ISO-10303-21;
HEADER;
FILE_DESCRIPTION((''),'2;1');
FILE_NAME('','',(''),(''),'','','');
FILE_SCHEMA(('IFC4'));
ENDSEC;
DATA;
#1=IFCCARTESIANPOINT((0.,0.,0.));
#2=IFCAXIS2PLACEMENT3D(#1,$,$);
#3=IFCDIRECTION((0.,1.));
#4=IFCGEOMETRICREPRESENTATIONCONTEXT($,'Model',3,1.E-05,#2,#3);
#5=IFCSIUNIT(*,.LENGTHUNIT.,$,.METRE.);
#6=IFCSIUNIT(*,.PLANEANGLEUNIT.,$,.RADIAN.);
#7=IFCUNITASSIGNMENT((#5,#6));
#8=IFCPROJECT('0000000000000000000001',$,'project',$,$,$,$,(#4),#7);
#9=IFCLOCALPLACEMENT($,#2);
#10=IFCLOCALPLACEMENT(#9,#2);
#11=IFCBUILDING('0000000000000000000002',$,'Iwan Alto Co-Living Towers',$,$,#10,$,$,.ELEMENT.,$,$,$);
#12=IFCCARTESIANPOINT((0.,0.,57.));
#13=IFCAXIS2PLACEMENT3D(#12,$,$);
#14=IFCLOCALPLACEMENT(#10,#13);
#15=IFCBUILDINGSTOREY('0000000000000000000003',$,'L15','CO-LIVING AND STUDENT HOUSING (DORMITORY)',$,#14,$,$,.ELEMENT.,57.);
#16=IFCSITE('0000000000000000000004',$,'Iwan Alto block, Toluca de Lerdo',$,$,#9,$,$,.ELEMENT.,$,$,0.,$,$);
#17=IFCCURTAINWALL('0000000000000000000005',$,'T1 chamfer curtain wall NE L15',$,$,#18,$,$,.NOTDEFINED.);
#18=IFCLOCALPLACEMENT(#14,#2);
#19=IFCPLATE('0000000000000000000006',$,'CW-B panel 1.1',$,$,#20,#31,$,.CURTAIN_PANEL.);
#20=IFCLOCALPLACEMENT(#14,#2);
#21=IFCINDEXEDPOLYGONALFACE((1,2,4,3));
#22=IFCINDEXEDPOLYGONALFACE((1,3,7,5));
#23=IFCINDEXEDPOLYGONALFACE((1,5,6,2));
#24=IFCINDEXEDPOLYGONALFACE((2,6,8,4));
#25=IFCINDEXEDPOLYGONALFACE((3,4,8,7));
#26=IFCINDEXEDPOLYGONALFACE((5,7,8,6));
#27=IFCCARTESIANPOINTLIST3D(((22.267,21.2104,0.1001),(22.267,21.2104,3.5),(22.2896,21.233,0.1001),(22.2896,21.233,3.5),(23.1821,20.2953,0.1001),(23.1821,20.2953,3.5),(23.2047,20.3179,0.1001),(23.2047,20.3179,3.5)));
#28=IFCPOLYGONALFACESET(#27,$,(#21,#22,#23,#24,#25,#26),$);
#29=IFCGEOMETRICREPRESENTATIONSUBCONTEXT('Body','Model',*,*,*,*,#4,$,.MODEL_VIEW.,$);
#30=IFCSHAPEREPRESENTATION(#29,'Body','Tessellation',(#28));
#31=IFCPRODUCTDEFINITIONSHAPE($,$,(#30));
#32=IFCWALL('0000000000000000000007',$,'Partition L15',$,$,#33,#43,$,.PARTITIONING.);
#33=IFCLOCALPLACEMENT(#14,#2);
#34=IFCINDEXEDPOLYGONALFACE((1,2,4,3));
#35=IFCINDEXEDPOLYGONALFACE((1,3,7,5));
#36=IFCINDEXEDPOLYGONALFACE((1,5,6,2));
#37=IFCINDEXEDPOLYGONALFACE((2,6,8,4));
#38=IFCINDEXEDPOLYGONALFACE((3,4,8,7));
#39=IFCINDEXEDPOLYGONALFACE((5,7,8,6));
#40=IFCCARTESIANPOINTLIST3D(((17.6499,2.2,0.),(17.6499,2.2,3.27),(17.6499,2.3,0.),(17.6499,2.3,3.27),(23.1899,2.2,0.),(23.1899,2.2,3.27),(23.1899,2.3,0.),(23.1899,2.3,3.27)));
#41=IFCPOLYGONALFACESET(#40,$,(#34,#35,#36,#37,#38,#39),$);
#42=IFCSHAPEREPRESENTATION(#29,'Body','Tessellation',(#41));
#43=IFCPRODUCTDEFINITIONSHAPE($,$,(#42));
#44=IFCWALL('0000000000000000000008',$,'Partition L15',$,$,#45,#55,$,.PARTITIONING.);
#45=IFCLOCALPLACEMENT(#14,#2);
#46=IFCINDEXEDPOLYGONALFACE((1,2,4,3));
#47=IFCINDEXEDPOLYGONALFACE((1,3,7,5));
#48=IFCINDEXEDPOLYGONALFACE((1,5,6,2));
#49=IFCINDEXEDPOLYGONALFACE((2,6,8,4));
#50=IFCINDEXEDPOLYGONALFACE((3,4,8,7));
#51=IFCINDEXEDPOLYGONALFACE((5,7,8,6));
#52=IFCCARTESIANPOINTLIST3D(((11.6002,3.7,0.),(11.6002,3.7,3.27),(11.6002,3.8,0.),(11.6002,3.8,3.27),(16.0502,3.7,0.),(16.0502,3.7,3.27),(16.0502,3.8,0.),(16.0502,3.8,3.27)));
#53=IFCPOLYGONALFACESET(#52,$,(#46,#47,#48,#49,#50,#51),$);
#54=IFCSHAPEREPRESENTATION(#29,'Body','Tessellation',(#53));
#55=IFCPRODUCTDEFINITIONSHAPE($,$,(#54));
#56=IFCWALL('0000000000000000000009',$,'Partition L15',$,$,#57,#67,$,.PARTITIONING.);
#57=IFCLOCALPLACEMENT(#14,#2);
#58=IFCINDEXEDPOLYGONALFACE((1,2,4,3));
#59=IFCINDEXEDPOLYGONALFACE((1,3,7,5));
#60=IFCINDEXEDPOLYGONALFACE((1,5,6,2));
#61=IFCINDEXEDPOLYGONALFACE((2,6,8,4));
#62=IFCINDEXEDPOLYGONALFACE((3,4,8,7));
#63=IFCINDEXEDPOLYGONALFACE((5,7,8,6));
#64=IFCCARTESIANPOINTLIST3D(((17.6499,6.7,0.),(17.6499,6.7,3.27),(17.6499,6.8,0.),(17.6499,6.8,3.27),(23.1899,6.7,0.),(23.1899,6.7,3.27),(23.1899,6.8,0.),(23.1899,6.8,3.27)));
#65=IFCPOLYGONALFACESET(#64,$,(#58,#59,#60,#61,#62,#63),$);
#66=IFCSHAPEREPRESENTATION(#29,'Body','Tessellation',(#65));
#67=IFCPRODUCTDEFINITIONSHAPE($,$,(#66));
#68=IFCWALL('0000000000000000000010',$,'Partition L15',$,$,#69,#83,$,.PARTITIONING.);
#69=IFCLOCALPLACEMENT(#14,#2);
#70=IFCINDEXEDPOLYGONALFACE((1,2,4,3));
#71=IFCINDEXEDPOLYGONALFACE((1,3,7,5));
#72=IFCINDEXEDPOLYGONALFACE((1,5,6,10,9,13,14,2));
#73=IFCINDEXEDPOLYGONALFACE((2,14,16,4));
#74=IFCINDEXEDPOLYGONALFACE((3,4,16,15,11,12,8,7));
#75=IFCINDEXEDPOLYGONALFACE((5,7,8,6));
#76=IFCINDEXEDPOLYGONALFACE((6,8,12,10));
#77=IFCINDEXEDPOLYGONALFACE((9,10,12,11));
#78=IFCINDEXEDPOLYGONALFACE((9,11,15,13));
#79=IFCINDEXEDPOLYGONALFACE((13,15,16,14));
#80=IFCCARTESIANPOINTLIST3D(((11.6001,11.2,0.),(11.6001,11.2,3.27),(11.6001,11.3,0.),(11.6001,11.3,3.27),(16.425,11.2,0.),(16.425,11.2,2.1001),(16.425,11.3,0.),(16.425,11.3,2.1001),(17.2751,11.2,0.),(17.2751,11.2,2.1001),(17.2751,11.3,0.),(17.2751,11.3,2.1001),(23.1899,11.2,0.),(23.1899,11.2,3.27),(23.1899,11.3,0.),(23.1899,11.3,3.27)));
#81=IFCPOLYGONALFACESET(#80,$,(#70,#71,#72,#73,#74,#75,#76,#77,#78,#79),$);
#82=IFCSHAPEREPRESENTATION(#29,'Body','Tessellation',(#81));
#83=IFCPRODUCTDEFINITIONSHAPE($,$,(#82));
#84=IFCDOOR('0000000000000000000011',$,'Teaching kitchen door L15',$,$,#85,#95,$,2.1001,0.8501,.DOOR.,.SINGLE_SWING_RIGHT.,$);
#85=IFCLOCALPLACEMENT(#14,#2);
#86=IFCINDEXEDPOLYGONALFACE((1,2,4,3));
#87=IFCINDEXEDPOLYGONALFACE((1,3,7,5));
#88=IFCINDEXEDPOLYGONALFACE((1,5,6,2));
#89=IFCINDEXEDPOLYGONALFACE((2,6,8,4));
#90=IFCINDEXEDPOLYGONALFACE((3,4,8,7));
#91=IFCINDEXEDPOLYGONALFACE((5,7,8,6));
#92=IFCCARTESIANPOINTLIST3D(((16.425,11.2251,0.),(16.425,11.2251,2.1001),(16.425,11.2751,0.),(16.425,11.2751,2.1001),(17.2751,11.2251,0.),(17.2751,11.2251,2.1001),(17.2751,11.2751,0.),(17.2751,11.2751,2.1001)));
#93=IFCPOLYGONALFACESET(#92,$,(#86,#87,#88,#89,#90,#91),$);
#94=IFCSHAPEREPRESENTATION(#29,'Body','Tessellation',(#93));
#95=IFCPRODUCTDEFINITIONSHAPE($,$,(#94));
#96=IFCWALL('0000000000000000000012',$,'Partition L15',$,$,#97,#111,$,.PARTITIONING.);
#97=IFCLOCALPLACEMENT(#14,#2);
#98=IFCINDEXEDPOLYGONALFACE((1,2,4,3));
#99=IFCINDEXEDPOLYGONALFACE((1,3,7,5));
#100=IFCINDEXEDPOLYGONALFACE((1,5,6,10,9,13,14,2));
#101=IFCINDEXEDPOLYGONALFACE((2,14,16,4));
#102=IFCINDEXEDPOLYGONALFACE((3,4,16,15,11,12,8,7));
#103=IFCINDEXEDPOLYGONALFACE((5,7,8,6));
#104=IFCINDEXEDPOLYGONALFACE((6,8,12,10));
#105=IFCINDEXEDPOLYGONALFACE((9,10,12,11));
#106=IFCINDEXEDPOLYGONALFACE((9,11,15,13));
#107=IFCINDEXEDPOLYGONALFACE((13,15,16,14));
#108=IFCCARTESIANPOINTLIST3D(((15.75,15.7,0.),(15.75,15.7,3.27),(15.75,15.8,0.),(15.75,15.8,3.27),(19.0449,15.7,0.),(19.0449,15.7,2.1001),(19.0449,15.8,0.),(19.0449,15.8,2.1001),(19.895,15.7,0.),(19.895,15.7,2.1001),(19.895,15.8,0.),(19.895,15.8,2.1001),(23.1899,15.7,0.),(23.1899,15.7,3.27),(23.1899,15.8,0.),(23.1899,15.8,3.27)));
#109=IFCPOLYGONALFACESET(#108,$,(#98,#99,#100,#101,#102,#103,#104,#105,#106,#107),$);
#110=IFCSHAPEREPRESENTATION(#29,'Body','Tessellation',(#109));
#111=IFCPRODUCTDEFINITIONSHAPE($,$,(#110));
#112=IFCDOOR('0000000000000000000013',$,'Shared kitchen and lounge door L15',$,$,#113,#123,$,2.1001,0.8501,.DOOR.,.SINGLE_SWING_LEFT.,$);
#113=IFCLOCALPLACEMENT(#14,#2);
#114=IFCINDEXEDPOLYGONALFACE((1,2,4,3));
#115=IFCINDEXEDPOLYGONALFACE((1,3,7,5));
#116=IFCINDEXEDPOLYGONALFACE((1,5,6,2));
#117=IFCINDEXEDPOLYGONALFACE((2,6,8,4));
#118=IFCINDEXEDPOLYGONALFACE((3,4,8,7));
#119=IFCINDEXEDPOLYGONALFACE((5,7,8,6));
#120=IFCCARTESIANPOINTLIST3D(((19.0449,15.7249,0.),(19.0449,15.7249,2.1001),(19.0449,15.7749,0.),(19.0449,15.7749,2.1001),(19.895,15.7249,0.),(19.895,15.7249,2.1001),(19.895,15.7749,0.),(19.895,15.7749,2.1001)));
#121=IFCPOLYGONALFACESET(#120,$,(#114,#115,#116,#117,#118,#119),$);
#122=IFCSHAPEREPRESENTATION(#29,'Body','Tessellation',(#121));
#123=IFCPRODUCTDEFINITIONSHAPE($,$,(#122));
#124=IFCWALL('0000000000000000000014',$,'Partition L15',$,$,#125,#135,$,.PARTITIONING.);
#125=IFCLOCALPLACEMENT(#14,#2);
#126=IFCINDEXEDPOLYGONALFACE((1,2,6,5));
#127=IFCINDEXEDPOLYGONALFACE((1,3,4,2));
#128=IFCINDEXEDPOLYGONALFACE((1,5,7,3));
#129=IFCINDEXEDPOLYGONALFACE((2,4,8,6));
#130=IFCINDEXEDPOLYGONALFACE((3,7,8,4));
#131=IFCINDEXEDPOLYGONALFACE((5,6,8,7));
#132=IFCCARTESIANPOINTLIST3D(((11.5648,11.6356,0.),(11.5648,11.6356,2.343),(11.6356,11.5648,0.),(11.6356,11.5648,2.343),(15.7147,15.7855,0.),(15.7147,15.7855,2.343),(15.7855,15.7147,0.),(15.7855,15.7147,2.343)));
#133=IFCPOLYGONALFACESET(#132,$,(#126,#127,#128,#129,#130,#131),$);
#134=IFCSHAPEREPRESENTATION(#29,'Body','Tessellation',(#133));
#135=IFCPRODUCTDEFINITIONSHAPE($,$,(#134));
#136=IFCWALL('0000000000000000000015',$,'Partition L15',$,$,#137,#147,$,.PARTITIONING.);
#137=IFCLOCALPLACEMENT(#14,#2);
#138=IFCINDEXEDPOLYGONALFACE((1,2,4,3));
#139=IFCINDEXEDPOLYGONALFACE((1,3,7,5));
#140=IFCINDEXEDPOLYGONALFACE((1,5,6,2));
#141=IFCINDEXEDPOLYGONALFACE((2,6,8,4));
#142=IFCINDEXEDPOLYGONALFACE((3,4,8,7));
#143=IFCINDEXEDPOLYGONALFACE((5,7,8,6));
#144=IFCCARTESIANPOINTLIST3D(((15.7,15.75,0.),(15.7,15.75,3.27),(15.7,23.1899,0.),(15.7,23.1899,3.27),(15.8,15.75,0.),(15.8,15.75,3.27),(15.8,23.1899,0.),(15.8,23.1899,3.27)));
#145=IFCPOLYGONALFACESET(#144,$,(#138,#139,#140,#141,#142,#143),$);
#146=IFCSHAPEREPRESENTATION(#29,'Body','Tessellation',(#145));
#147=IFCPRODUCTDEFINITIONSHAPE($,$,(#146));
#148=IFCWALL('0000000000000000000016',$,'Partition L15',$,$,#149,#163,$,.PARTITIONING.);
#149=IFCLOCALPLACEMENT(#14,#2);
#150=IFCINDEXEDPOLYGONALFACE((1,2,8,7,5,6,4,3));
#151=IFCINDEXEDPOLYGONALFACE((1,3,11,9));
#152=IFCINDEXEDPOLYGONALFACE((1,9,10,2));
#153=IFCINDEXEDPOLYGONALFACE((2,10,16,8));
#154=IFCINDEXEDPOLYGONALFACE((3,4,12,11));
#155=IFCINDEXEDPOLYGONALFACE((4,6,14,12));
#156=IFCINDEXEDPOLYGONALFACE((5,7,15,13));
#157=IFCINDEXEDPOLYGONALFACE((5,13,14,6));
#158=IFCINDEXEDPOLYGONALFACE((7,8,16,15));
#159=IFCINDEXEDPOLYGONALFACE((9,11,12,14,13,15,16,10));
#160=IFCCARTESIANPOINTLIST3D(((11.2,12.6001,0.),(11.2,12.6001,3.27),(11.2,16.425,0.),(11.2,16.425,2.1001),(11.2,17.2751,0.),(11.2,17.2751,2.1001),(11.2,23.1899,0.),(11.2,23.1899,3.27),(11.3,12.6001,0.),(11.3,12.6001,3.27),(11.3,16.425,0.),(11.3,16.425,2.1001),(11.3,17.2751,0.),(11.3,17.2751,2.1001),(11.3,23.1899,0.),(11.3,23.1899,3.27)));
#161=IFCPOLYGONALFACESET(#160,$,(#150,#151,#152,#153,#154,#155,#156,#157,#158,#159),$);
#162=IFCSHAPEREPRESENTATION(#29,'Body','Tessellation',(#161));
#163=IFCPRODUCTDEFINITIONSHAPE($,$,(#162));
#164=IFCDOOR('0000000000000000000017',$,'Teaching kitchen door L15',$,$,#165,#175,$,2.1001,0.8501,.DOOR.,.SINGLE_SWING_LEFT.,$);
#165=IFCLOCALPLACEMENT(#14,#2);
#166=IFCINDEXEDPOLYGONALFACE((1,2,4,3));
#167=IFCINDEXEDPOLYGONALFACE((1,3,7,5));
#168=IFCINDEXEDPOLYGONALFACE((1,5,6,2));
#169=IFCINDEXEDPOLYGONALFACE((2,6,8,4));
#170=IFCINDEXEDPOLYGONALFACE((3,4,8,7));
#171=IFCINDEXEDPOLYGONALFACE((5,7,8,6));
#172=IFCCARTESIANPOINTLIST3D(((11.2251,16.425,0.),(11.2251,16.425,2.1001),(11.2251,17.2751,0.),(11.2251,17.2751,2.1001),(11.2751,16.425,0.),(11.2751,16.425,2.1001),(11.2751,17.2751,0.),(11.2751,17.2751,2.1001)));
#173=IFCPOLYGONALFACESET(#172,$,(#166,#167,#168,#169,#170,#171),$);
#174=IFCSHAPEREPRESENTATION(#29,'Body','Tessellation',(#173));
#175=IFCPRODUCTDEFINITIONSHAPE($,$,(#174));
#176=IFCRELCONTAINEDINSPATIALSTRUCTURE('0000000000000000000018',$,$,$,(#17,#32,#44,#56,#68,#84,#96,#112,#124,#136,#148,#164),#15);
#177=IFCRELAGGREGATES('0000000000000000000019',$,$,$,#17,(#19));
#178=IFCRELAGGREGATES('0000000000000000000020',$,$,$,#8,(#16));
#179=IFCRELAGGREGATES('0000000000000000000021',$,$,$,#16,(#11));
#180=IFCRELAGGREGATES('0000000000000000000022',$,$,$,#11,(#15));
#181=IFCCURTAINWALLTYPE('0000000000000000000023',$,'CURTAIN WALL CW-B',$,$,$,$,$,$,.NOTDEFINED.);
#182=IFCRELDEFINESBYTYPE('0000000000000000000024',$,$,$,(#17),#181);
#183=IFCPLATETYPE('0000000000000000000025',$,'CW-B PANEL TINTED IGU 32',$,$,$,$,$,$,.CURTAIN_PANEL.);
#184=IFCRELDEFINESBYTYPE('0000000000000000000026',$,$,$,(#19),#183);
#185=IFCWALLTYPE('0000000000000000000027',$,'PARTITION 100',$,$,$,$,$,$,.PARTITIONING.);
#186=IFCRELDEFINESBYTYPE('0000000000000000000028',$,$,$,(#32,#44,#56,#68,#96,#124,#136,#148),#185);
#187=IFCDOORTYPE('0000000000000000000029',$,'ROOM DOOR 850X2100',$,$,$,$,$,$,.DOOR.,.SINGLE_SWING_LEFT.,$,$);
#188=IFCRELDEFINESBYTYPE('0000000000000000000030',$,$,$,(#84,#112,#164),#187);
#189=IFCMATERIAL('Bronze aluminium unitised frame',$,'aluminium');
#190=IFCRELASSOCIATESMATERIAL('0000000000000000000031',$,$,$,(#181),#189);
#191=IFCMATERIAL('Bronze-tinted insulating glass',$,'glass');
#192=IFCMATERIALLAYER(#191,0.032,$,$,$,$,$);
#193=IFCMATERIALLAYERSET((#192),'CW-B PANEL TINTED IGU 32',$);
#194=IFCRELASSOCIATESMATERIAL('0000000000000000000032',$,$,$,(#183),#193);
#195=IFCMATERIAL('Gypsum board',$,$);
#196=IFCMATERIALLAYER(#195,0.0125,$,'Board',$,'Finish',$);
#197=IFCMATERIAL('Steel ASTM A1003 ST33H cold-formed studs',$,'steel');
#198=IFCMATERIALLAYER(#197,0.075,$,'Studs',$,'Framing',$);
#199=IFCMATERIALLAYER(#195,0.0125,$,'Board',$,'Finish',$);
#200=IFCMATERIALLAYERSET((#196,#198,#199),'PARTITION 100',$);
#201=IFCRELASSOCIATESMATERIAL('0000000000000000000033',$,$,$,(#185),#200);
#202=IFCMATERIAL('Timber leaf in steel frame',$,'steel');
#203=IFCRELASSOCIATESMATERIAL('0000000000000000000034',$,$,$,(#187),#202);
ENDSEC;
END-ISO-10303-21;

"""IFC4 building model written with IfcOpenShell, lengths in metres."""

from ifc_helpers import new_model, si_unit, direction, frame, frame_2d, origin, origin_2d, place, context, subcontext, project, spatial, rectangle, extrude, material, layer, layer_set, type_object, element, fill, aggregate, save


model = new_model("IFC4")

# Units and contexts
model_context = context("Model", 3, precision=1e-05, world=origin(), true_north=direction((0.0, 1.0)))
body_context = subcontext(model_context, "Body", "Model", "MODEL_VIEW")
ifc_project = project(units=[si_unit("LENGTHUNIT", "METRE"), si_unit("PLANEANGLEUNIT", "RADIAN")], contexts=[model_context])

# Site, building, storey
site_placement = place(None, origin())
site = spatial("IfcSite", under=ifc_project, at=site_placement, Name="Iwan Alto block, Toluca de Lerdo", CompositionType="ELEMENT", RefElevation=0.0)
building_placement = place(site_placement, origin())
building = spatial("IfcBuilding", under=site, at=building_placement, Name="Iwan Alto Co-Living Towers", CompositionType="ELEMENT")
storey_placement = place(building_placement, frame((0.0, 0.0, 57.0)))
storey = spatial("IfcBuildingStorey", under=building, at=storey_placement, Name="L15", Description="CO-LIVING AND STUDENT HOUSING (DORMITORY)", CompositionType="ELEMENT", Elevation=57.0)

# Curtain wall
ifc_material_1 = material(Name="Bronze aluminium unitised frame", Category="aluminium")
curtain_wall_type = type_object("IfcCurtainWallType", Name="CURTAIN WALL CW-B", PredefinedType="NOTDEFINED", material=ifc_material_1)
curtain_wall_placement = place(storey_placement, origin())
curtain_wall = element("IfcCurtainWall", 1, at=curtain_wall_placement, inside=storey, type_object=curtain_wall_type, Name="T1 chamfer curtain wall NE L15", PredefinedType="NOTDEFINED")

# Plate
ifc_material_2 = material(Name="Bronze-tinted insulating glass", Category="glass")
ifc_layer_1 = layer(ifc_material_2, 0.032)
ifc_layer_set_1 = layer_set([ifc_layer_1], Name="CW-B PANEL TINTED IGU 32")
plate_type = type_object("IfcPlateType", Name="CW-B PANEL TINTED IGU 32", PredefinedType="CURTAIN_PANEL", material=ifc_layer_set_1)
plate_placement = place(storey_placement, frame((22.7358, 20.7642, 0.1001), z_axis=(0.0, 0.0, 1.0), x_axis=(-0.707107, 0.707107, 0.0)))
plate = element("IfcPlate", 2, at=plate_placement, type_object=plate_type, Name="CW-B panel 1.1", PredefinedType="CURTAIN_PANEL", context=body_context, shape_type="SweptSolid", body=[
    extrude(rectangle(XDim=1.2942, YDim=0.032, at=origin_2d()), origin(), (0.0, 0.0, 1.0), 3.3999),
])
aggregate(curtain_wall, [plate])

# Walls
ifc_material_3 = material(Name="Gypsum board")
ifc_layer_2 = layer(ifc_material_3, 0.0125, Name="Board", Category="Finish")
ifc_material_4 = material(Name="Steel ASTM A1003 ST33H cold-formed studs", Category="steel")
ifc_layer_3 = layer(ifc_material_4, 0.075, Name="Studs", Category="Framing")
ifc_layer_4 = layer(ifc_material_3, 0.0125, Name="Board", Category="Finish")
ifc_layer_set_2 = layer_set([ifc_layer_2, ifc_layer_3, ifc_layer_4], Name="PARTITION 100")
wall_type_1 = type_object("IfcWallType", Name="PARTITION 100", PredefinedType="PARTITIONING", material=ifc_layer_set_2)
wall_1_placement = place(storey_placement, frame((17.6499, 2.25, 0.0), z_axis=(0.0, 0.0, 1.0), x_axis=(1.0, 0.0, 0.0)))
element("IfcWall", 3, at=wall_1_placement, inside=storey, type_object=wall_type_1, Name="Partition L15", PredefinedType="PARTITIONING", context=body_context, shape_type="SweptSolid", body=[
    extrude(rectangle(XDim=5.54, YDim=0.1001, at=frame_2d((2.77, 0.0))), origin(), (0.0, 0.0, 1.0), 3.27),
])
wall_2_placement = place(storey_placement, frame((11.6001, 3.75, 0.0), z_axis=(0.0, 0.0, 1.0), x_axis=(1.0, 0.0, 0.0)))
element("IfcWall", 4, at=wall_2_placement, inside=storey, type_object=wall_type_1, Name="Partition L15", PredefinedType="PARTITIONING", context=body_context, shape_type="SweptSolid", body=[
    extrude(rectangle(XDim=4.45, YDim=0.1001, at=frame_2d((2.2251, 0.0))), origin(), (0.0, 0.0, 1.0), 3.27),
])
wall_3_placement = place(storey_placement, frame((17.6499, 6.75, 0.0), z_axis=(0.0, 0.0, 1.0), x_axis=(1.0, 0.0, 0.0)))
element("IfcWall", 5, at=wall_3_placement, inside=storey, type_object=wall_type_1, Name="Partition L15", PredefinedType="PARTITIONING", context=body_context, shape_type="SweptSolid", body=[
    extrude(rectangle(XDim=5.54, YDim=0.1001, at=frame_2d((2.77, 0.0))), origin(), (0.0, 0.0, 1.0), 3.27),
])

# Walls, openings, doors
wall_4_placement = place(storey_placement, frame((11.6001, 11.25, 0.0), z_axis=(0.0, 0.0, 1.0), x_axis=(1.0, 0.0, 0.0)))
wall_4 = element("IfcWall", 6, at=wall_4_placement, inside=storey, type_object=wall_type_1, Name="Partition L15", PredefinedType="PARTITIONING", context=body_context, shape_type="SweptSolid", body=[
    extrude(rectangle(XDim=11.5898, YDim=0.1001, at=frame_2d((5.7949, 0.0))), origin(), (0.0, 0.0, 1.0), 3.27),
])
opening_1_placement = place(wall_4_placement, frame((4.825, 0.0, 0.0)))
opening_1 = element("IfcOpeningElement", 7, at=opening_1_placement, cuts=wall_4, PredefinedType="OPENING", context=body_context, shape_type="SweptSolid", body=[
    extrude(rectangle(XDim=0.8501, YDim=2.1001, at=frame_2d((0.425, 1.05))), frame((0.0, 0.0601, 0.0), z_axis=(0.0, -1.0, 0.0), x_axis=(1.0, 0.0, 0.0)), (0.0, 0.0, 1.0), 0.1201),
])
ifc_material_5 = material(Name="Timber leaf in steel frame", Category="steel")
door_type = type_object("IfcDoorType", Name="ROOM DOOR 850X2100", OperationType="SINGLE_SWING_LEFT", PredefinedType="DOOR", material=ifc_material_5)
door_1_placement = place(opening_1_placement, frame((0.8501, 0.0, 0.0), z_axis=(0.0, 0.0, 1.0), x_axis=(-1.0, 0.0, 0.0)))
door_1 = element("IfcDoor", 8, at=door_1_placement, inside=storey, type_object=door_type, Name="Teaching kitchen door L15", OperationType="SINGLE_SWING_RIGHT", OverallHeight=2.1001, OverallWidth=0.8501, PredefinedType="DOOR", context=body_context, shape_type="SweptSolid", body=[
    extrude(rectangle(XDim=0.8501, YDim=2.1001, at=frame_2d((0.425, 1.05))), frame((0.0, 0.0249, 0.0), z_axis=(0.0, -1.0, 0.0), x_axis=(1.0, 0.0, 0.0)), (0.0, 0.0, 1.0), 0.05),
])
fill(opening_1, door_1)
wall_5_placement = place(storey_placement, frame((15.75, 15.75, 0.0), z_axis=(0.0, 0.0, 1.0), x_axis=(1.0, 0.0, 0.0)))
wall_5 = element("IfcWall", 9, at=wall_5_placement, inside=storey, type_object=wall_type_1, Name="Partition L15", PredefinedType="PARTITIONING", context=body_context, shape_type="SweptSolid", body=[
    extrude(rectangle(XDim=7.4399, YDim=0.1001, at=frame_2d((3.72, 0.0))), origin(), (0.0, 0.0, 1.0), 3.27),
])
opening_2_placement = place(wall_5_placement, frame((3.2949, 0.0, 0.0)))
opening_2 = element("IfcOpeningElement", 10, at=opening_2_placement, cuts=wall_5, PredefinedType="OPENING", context=body_context, shape_type="SweptSolid", body=[
    extrude(rectangle(XDim=0.8501, YDim=2.1001, at=frame_2d((0.425, 1.05))), frame((0.0, 0.0601, 0.0), z_axis=(0.0, -1.0, 0.0), x_axis=(1.0, 0.0, 0.0)), (0.0, 0.0, 1.0), 0.1201),
])
door_2_placement = place(opening_2_placement, origin())
door_2 = element("IfcDoor", 11, at=door_2_placement, inside=storey, type_object=door_type, Name="Shared kitchen and lounge door L15", OperationType="SINGLE_SWING_LEFT", OverallHeight=2.1001, OverallWidth=0.8501, PredefinedType="DOOR", context=body_context, shape_type="SweptSolid", body=[
    extrude(rectangle(XDim=0.8501, YDim=2.1001, at=frame_2d((0.425, 1.05))), frame((0.0, 0.0249, 0.0), z_axis=(0.0, -1.0, 0.0), x_axis=(1.0, 0.0, 0.0)), (0.0, 0.0, 1.0), 0.05),
])
fill(opening_2, door_2)

# Walls
wall_6_placement = place(storey_placement, frame((11.6001, 11.6001, 0.0), z_axis=(0.0, 0.0, 1.0), x_axis=(0.707107, 0.707107, 0.0)))
element("IfcWall", 12, at=wall_6_placement, inside=storey, type_object=wall_type_1, Name="Partition L15", PredefinedType="PARTITIONING", context=body_context, shape_type="SweptSolid", body=[
    extrude(rectangle(XDim=5.8689, YDim=0.1001, at=frame_2d((2.9346, 0.0))), origin(), (0.0, 0.0, 1.0), 2.343),
])
wall_7_placement = place(storey_placement, frame((15.75, 15.75, 0.0), z_axis=(0.0, 0.0, 1.0), x_axis=(0.0, 1.0, 0.0)))
element("IfcWall", 13, at=wall_7_placement, inside=storey, type_object=wall_type_1, Name="Partition L15", PredefinedType="PARTITIONING", context=body_context, shape_type="SweptSolid", body=[
    extrude(rectangle(XDim=7.4399, YDim=0.1001, at=frame_2d((3.72, 0.0))), origin(), (0.0, 0.0, 1.0), 3.27),
])

# Wall, opening, door
wall_8_placement = place(storey_placement, frame((11.25, 12.6001, 0.0), z_axis=(0.0, 0.0, 1.0), x_axis=(0.0, 1.0, 0.0)))
wall_8 = element("IfcWall", 14, at=wall_8_placement, inside=storey, type_object=wall_type_1, Name="Partition L15", PredefinedType="PARTITIONING", context=body_context, shape_type="SweptSolid", body=[
    extrude(rectangle(XDim=10.5898, YDim=0.1001, at=frame_2d((5.2949, 0.0))), origin(), (0.0, 0.0, 1.0), 3.27),
])
opening_3_placement = place(wall_8_placement, frame((3.825, 0.0, 0.0)))
opening_3 = element("IfcOpeningElement", 15, at=opening_3_placement, cuts=wall_8, PredefinedType="OPENING", context=body_context, shape_type="SweptSolid", body=[
    extrude(rectangle(XDim=0.8501, YDim=2.1001, at=frame_2d((0.425, 1.05))), frame((0.0, 0.0601, 0.0), z_axis=(0.0, -1.0, 0.0), x_axis=(1.0, 0.0, 0.0)), (0.0, 0.0, 1.0), 0.1201),
])
door_3_placement = place(opening_3_placement, origin())
door_3 = element("IfcDoor", 16, at=door_3_placement, inside=storey, type_object=door_type, Name="Teaching kitchen door L15", OperationType="SINGLE_SWING_LEFT", OverallHeight=2.1001, OverallWidth=0.8501, PredefinedType="DOOR", context=body_context, shape_type="SweptSolid", body=[
    extrude(rectangle(XDim=0.8501, YDim=2.1001, at=frame_2d((0.425, 1.05))), frame((0.0, 0.0249, 0.0), z_axis=(0.0, -1.0, 0.0), x_axis=(1.0, 0.0, 0.0)), (0.0, 0.0, 1.0), 0.05),
])
fill(opening_3, door_3)

save(model, "model.ifc")
